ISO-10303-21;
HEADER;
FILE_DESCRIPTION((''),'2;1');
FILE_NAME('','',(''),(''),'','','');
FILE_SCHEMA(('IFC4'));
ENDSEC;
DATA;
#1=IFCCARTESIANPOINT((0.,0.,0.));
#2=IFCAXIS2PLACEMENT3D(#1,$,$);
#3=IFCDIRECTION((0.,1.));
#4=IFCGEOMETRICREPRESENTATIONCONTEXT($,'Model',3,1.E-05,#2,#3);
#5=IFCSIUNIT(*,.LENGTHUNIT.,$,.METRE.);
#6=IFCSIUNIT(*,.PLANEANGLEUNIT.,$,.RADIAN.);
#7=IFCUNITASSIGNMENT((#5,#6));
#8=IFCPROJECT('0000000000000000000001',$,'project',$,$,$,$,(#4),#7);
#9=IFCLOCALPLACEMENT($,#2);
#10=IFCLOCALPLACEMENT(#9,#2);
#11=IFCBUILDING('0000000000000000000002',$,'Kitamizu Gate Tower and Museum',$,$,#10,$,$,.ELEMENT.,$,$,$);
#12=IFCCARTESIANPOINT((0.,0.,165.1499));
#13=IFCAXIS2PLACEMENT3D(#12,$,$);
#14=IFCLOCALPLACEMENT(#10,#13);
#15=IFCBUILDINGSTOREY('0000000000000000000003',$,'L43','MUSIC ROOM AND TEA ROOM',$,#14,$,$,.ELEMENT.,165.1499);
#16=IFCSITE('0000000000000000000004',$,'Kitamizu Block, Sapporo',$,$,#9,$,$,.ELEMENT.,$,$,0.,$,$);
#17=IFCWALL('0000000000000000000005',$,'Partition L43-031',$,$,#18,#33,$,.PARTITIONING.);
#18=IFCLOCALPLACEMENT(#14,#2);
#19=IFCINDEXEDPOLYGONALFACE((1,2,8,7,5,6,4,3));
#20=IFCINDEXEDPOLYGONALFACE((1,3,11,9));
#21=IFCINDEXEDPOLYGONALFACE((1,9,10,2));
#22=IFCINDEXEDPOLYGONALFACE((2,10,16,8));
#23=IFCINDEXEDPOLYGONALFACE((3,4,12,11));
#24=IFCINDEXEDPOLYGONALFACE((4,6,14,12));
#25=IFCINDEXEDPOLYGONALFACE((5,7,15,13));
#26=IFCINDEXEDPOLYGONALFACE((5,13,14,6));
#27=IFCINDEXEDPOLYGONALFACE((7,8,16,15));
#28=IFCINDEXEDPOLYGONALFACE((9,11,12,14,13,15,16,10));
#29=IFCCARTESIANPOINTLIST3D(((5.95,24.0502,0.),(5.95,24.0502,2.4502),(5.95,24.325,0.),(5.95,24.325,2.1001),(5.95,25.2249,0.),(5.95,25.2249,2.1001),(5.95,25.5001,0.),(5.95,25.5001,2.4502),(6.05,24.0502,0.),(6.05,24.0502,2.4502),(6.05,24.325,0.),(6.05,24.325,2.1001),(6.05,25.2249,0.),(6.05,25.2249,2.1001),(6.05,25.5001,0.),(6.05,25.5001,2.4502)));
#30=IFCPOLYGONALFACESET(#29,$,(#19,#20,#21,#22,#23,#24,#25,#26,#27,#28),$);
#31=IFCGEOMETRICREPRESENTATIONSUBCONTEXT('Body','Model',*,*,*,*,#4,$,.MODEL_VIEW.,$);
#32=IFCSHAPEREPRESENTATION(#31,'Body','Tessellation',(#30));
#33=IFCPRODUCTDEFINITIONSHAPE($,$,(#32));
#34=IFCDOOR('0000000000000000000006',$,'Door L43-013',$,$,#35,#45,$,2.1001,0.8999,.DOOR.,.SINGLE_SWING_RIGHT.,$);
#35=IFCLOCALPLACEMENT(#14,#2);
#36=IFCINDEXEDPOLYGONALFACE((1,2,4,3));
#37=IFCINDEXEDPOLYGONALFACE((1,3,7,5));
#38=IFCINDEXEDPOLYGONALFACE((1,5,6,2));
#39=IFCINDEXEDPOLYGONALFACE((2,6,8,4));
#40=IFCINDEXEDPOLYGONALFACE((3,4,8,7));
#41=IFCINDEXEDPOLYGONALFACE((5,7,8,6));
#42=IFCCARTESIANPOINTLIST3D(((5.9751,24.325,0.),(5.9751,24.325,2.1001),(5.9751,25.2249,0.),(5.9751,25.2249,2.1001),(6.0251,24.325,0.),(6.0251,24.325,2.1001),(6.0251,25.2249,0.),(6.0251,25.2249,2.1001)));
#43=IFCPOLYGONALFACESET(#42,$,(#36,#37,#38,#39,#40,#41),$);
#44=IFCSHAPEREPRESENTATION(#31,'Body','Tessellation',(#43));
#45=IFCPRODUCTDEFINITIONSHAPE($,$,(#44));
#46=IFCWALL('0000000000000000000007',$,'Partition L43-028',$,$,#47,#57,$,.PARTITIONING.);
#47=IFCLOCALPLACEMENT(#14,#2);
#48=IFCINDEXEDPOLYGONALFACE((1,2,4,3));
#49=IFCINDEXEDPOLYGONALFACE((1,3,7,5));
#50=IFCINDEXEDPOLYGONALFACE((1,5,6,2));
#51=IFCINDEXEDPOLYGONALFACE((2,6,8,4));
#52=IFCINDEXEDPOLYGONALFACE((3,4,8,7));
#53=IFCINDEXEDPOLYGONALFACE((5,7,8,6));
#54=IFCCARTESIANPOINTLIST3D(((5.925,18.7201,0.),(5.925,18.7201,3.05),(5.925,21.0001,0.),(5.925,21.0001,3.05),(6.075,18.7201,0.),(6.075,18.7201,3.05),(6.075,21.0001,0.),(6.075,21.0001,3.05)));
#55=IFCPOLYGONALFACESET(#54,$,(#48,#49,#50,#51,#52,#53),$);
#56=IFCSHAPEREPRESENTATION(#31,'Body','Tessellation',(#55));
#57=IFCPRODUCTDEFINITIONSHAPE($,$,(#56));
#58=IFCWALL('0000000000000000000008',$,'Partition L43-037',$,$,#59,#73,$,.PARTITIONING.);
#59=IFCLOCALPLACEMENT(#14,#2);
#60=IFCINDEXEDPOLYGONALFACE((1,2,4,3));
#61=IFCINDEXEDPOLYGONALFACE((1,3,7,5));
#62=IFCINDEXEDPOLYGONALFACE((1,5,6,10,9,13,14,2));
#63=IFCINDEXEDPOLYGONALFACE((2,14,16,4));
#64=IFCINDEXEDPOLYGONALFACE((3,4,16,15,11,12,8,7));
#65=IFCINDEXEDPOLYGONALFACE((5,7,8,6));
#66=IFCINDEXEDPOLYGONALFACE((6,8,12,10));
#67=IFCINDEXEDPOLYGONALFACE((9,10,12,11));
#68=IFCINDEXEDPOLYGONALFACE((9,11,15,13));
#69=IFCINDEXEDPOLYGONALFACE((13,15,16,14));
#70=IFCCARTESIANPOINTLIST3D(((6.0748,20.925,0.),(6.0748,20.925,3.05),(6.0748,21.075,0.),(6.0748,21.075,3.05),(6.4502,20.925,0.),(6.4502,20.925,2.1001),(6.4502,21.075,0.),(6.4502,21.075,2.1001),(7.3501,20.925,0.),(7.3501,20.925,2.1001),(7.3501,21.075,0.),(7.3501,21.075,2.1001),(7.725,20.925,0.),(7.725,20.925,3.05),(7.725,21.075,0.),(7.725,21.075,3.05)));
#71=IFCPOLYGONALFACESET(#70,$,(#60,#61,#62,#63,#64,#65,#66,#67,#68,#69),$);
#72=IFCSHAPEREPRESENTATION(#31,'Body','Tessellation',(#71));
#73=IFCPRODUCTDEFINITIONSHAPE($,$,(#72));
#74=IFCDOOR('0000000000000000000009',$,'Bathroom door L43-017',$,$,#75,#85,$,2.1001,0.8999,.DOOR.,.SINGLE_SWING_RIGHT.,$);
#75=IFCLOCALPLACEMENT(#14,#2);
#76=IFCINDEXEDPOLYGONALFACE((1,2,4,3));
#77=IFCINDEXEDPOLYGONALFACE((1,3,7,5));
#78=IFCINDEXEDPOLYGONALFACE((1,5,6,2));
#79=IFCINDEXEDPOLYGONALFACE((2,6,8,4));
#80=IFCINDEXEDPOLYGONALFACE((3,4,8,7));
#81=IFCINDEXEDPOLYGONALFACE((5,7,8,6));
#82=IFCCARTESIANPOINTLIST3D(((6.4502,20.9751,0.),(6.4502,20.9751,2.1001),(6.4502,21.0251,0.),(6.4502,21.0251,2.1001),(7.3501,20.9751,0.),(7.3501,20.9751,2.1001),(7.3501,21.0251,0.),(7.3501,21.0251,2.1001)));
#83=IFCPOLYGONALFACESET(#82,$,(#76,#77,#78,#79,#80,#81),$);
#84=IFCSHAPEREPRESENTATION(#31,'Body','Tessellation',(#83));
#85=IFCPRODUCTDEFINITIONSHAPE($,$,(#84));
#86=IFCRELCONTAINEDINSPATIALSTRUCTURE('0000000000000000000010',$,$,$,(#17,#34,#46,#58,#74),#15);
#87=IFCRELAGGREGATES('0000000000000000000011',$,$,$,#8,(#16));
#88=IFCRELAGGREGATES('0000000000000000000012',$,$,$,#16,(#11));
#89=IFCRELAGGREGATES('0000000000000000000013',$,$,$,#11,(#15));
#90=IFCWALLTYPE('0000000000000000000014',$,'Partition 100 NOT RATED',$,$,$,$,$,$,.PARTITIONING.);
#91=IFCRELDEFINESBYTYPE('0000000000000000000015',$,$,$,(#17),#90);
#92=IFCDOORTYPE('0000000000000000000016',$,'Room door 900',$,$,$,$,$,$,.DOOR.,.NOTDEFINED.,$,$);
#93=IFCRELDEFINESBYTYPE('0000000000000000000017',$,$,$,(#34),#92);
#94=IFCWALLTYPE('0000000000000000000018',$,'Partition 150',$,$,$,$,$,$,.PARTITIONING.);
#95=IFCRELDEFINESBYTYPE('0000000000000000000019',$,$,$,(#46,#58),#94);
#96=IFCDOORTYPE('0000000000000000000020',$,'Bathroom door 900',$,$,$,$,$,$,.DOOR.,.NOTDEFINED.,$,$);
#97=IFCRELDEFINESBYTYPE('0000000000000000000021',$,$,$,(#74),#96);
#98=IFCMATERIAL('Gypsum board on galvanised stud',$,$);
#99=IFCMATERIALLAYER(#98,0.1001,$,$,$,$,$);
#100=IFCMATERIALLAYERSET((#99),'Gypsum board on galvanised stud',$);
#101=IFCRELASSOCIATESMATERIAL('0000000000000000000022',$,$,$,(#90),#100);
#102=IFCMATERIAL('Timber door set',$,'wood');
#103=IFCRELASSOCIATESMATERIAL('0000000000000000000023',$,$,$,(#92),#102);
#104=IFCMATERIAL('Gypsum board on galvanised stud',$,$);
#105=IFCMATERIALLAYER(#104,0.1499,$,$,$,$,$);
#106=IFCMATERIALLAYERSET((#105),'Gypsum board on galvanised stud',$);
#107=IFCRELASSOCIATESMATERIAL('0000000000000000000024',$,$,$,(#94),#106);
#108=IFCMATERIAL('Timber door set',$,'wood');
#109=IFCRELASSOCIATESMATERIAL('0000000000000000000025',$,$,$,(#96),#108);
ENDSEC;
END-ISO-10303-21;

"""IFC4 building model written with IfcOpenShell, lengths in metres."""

from ifc_helpers import new_model, si_unit, direction, frame, frame_2d, origin, place, context, subcontext, project, spatial, rectangle, extrude, material, layer, layer_set, type_object, element, fill, save


model = new_model("IFC4")

# Units and contexts
model_context = context("Model", 3, precision=1e-05, world=origin(), true_north=direction((0.0, 1.0)))
body_context = subcontext(model_context, "Body", "Model", "MODEL_VIEW")
ifc_project = project(units=[si_unit("LENGTHUNIT", "METRE"), si_unit("PLANEANGLEUNIT", "RADIAN")], contexts=[model_context])

# Site, building, storey
site_placement = place(None, origin())
site = spatial("IfcSite", under=ifc_project, at=site_placement, Name="Kitamizu Block, Sapporo", CompositionType="ELEMENT", RefElevation=0.0)
building_placement = place(site_placement, origin())
building = spatial("IfcBuilding", under=site, at=building_placement, Name="Kitamizu Gate Tower and Museum", CompositionType="ELEMENT")
storey_placement = place(building_placement, frame((0.0, 0.0, 165.1499)))
storey = spatial("IfcBuildingStorey", under=building, at=storey_placement, Name="L43", Description="MUSIC ROOM AND TEA ROOM", CompositionType="ELEMENT", Elevation=165.1499)

# Shared definitions
ifc_material_1 = material(Name="Gypsum board on galvanised stud")
ifc_layer_1 = layer(ifc_material_1, 0.1001)
ifc_layer_set_1 = layer_set([ifc_layer_1], Name="Gypsum board on galvanised stud")
wall_type_1 = type_object("IfcWallType", Name="Partition 100 NOT RATED", PredefinedType="PARTITIONING", material=ifc_layer_set_1)
ifc_material_2 = material(Name="Timber door set", Category="wood")
door_type_1 = type_object("IfcDoorType", Name="Room door 900", OperationType="NOTDEFINED", PredefinedType="DOOR", material=ifc_material_2)

# Wall, opening, door
wall_1_placement = place(storey_placement, frame((6.0, 24.05, 0.0), z_axis=(0.0, 0.0, 1.0), x_axis=(0.0, 1.0, 0.0)))
wall_1 = element("IfcWall", 1, at=wall_1_placement, inside=storey, type_object=wall_type_1, Name="Partition L43-031", PredefinedType="PARTITIONING", context=body_context, shape_type="SweptSolid", body=[
    extrude(rectangle(XDim=1.45, YDim=0.1001, at=frame_2d((0.7251, 0.0))), origin(), (0.0, 0.0, 1.0), 2.4502),
])
opening_1_placement = place(wall_1_placement, frame((0.2749, 0.0, 0.0)))
opening_1 = element("IfcOpeningElement", 2, at=opening_1_placement, cuts=wall_1, PredefinedType="OPENING", context=body_context, shape_type="SweptSolid", body=[
    extrude(rectangle(XDim=0.8999, YDim=2.1001, at=frame_2d((0.45, 1.05))), frame((0.0, 0.0601, 0.0), z_axis=(0.0, -1.0, 0.0), x_axis=(1.0, 0.0, 0.0)), (0.0, 0.0, 1.0), 0.1201),
])
door_1_placement = place(opening_1_placement, origin())
door_1 = element("IfcDoor", 3, at=door_1_placement, inside=storey, type_object=door_type_1, Name="Door L43-013", OperationType="SINGLE_SWING_RIGHT", OverallHeight=2.1001, OverallWidth=0.8999, PredefinedType="DOOR", context=body_context, shape_type="SweptSolid", body=[
    extrude(rectangle(XDim=0.8999, YDim=2.1001, at=frame_2d((0.45, 1.05))), frame((0.0, 0.0249, 0.0), z_axis=(0.0, -1.0, 0.0), x_axis=(1.0, 0.0, 0.0)), (0.0, 0.0, 1.0), 0.05),
])
fill(opening_1, door_1)

# Wall
ifc_material_3 = material(Name="Gypsum board on galvanised stud")
ifc_layer_2 = layer(ifc_material_3, 0.1499)
ifc_layer_set_2 = layer_set([ifc_layer_2], Name="Gypsum board on galvanised stud")
wall_type_2 = type_object("IfcWallType", Name="Partition 150", PredefinedType="PARTITIONING", material=ifc_layer_set_2)
wall_2_placement = place(storey_placement, frame((6.0, 18.72, 0.0), z_axis=(0.0, 0.0, 1.0), x_axis=(0.0, 1.0, 0.0)))
element("IfcWall", 4, at=wall_2_placement, inside=storey, type_object=wall_type_2, Name="Partition L43-028", PredefinedType="PARTITIONING", context=body_context, shape_type="SweptSolid", body=[
    extrude(rectangle(XDim=2.28, YDim=0.1499, at=frame_2d((1.1401, 0.0))), origin(), (0.0, 0.0, 1.0), 3.05),
])

# Wall, opening, door
wall_3_placement = place(storey_placement, frame((7.7251, 21.0, 0.0), z_axis=(0.0, 0.0, 1.0), x_axis=(-1.0, 0.0, 0.0)))
wall_3 = element("IfcWall", 5, at=wall_3_placement, inside=storey, type_object=wall_type_2, Name="Partition L43-037", PredefinedType="PARTITIONING", context=body_context, shape_type="SweptSolid", body=[
    extrude(rectangle(XDim=1.6501, YDim=0.1499, at=frame_2d((0.8252, 0.0))), origin(), (0.0, 0.0, 1.0), 3.05),
])
opening_2_placement = place(wall_3_placement, frame((0.375, 0.0, 0.0)))
opening_2 = element("IfcOpeningElement", 6, at=opening_2_placement, cuts=wall_3, PredefinedType="OPENING", context=body_context, shape_type="SweptSolid", body=[
    extrude(rectangle(XDim=0.8999, YDim=2.1001, at=frame_2d((0.45, 1.05))), frame((0.0, 0.085, 0.0), z_axis=(0.0, -1.0, 0.0), x_axis=(1.0, 0.0, 0.0)), (0.0, 0.0, 1.0), 0.1699),
])
ifc_material_4 = material(Name="Timber door set", Category="wood")
door_type_2 = type_object("IfcDoorType", Name="Bathroom door 900", OperationType="NOTDEFINED", PredefinedType="DOOR", material=ifc_material_4)
door_2_placement = place(opening_2_placement, origin())
door_2 = element("IfcDoor", 7, at=door_2_placement, inside=storey, type_object=door_type_2, Name="Bathroom door L43-017", OperationType="SINGLE_SWING_RIGHT", OverallHeight=2.1001, OverallWidth=0.8999, PredefinedType="DOOR", context=body_context, shape_type="SweptSolid", body=[
    extrude(rectangle(XDim=0.8999, YDim=2.1001, at=frame_2d((0.45, 1.05))), frame((0.0, 0.0249, 0.0), z_axis=(0.0, -1.0, 0.0), x_axis=(1.0, 0.0, 0.0)), (0.0, 0.0, 1.0), 0.05),
])
fill(opening_2, door_2)

save(model, "model.ifc")
